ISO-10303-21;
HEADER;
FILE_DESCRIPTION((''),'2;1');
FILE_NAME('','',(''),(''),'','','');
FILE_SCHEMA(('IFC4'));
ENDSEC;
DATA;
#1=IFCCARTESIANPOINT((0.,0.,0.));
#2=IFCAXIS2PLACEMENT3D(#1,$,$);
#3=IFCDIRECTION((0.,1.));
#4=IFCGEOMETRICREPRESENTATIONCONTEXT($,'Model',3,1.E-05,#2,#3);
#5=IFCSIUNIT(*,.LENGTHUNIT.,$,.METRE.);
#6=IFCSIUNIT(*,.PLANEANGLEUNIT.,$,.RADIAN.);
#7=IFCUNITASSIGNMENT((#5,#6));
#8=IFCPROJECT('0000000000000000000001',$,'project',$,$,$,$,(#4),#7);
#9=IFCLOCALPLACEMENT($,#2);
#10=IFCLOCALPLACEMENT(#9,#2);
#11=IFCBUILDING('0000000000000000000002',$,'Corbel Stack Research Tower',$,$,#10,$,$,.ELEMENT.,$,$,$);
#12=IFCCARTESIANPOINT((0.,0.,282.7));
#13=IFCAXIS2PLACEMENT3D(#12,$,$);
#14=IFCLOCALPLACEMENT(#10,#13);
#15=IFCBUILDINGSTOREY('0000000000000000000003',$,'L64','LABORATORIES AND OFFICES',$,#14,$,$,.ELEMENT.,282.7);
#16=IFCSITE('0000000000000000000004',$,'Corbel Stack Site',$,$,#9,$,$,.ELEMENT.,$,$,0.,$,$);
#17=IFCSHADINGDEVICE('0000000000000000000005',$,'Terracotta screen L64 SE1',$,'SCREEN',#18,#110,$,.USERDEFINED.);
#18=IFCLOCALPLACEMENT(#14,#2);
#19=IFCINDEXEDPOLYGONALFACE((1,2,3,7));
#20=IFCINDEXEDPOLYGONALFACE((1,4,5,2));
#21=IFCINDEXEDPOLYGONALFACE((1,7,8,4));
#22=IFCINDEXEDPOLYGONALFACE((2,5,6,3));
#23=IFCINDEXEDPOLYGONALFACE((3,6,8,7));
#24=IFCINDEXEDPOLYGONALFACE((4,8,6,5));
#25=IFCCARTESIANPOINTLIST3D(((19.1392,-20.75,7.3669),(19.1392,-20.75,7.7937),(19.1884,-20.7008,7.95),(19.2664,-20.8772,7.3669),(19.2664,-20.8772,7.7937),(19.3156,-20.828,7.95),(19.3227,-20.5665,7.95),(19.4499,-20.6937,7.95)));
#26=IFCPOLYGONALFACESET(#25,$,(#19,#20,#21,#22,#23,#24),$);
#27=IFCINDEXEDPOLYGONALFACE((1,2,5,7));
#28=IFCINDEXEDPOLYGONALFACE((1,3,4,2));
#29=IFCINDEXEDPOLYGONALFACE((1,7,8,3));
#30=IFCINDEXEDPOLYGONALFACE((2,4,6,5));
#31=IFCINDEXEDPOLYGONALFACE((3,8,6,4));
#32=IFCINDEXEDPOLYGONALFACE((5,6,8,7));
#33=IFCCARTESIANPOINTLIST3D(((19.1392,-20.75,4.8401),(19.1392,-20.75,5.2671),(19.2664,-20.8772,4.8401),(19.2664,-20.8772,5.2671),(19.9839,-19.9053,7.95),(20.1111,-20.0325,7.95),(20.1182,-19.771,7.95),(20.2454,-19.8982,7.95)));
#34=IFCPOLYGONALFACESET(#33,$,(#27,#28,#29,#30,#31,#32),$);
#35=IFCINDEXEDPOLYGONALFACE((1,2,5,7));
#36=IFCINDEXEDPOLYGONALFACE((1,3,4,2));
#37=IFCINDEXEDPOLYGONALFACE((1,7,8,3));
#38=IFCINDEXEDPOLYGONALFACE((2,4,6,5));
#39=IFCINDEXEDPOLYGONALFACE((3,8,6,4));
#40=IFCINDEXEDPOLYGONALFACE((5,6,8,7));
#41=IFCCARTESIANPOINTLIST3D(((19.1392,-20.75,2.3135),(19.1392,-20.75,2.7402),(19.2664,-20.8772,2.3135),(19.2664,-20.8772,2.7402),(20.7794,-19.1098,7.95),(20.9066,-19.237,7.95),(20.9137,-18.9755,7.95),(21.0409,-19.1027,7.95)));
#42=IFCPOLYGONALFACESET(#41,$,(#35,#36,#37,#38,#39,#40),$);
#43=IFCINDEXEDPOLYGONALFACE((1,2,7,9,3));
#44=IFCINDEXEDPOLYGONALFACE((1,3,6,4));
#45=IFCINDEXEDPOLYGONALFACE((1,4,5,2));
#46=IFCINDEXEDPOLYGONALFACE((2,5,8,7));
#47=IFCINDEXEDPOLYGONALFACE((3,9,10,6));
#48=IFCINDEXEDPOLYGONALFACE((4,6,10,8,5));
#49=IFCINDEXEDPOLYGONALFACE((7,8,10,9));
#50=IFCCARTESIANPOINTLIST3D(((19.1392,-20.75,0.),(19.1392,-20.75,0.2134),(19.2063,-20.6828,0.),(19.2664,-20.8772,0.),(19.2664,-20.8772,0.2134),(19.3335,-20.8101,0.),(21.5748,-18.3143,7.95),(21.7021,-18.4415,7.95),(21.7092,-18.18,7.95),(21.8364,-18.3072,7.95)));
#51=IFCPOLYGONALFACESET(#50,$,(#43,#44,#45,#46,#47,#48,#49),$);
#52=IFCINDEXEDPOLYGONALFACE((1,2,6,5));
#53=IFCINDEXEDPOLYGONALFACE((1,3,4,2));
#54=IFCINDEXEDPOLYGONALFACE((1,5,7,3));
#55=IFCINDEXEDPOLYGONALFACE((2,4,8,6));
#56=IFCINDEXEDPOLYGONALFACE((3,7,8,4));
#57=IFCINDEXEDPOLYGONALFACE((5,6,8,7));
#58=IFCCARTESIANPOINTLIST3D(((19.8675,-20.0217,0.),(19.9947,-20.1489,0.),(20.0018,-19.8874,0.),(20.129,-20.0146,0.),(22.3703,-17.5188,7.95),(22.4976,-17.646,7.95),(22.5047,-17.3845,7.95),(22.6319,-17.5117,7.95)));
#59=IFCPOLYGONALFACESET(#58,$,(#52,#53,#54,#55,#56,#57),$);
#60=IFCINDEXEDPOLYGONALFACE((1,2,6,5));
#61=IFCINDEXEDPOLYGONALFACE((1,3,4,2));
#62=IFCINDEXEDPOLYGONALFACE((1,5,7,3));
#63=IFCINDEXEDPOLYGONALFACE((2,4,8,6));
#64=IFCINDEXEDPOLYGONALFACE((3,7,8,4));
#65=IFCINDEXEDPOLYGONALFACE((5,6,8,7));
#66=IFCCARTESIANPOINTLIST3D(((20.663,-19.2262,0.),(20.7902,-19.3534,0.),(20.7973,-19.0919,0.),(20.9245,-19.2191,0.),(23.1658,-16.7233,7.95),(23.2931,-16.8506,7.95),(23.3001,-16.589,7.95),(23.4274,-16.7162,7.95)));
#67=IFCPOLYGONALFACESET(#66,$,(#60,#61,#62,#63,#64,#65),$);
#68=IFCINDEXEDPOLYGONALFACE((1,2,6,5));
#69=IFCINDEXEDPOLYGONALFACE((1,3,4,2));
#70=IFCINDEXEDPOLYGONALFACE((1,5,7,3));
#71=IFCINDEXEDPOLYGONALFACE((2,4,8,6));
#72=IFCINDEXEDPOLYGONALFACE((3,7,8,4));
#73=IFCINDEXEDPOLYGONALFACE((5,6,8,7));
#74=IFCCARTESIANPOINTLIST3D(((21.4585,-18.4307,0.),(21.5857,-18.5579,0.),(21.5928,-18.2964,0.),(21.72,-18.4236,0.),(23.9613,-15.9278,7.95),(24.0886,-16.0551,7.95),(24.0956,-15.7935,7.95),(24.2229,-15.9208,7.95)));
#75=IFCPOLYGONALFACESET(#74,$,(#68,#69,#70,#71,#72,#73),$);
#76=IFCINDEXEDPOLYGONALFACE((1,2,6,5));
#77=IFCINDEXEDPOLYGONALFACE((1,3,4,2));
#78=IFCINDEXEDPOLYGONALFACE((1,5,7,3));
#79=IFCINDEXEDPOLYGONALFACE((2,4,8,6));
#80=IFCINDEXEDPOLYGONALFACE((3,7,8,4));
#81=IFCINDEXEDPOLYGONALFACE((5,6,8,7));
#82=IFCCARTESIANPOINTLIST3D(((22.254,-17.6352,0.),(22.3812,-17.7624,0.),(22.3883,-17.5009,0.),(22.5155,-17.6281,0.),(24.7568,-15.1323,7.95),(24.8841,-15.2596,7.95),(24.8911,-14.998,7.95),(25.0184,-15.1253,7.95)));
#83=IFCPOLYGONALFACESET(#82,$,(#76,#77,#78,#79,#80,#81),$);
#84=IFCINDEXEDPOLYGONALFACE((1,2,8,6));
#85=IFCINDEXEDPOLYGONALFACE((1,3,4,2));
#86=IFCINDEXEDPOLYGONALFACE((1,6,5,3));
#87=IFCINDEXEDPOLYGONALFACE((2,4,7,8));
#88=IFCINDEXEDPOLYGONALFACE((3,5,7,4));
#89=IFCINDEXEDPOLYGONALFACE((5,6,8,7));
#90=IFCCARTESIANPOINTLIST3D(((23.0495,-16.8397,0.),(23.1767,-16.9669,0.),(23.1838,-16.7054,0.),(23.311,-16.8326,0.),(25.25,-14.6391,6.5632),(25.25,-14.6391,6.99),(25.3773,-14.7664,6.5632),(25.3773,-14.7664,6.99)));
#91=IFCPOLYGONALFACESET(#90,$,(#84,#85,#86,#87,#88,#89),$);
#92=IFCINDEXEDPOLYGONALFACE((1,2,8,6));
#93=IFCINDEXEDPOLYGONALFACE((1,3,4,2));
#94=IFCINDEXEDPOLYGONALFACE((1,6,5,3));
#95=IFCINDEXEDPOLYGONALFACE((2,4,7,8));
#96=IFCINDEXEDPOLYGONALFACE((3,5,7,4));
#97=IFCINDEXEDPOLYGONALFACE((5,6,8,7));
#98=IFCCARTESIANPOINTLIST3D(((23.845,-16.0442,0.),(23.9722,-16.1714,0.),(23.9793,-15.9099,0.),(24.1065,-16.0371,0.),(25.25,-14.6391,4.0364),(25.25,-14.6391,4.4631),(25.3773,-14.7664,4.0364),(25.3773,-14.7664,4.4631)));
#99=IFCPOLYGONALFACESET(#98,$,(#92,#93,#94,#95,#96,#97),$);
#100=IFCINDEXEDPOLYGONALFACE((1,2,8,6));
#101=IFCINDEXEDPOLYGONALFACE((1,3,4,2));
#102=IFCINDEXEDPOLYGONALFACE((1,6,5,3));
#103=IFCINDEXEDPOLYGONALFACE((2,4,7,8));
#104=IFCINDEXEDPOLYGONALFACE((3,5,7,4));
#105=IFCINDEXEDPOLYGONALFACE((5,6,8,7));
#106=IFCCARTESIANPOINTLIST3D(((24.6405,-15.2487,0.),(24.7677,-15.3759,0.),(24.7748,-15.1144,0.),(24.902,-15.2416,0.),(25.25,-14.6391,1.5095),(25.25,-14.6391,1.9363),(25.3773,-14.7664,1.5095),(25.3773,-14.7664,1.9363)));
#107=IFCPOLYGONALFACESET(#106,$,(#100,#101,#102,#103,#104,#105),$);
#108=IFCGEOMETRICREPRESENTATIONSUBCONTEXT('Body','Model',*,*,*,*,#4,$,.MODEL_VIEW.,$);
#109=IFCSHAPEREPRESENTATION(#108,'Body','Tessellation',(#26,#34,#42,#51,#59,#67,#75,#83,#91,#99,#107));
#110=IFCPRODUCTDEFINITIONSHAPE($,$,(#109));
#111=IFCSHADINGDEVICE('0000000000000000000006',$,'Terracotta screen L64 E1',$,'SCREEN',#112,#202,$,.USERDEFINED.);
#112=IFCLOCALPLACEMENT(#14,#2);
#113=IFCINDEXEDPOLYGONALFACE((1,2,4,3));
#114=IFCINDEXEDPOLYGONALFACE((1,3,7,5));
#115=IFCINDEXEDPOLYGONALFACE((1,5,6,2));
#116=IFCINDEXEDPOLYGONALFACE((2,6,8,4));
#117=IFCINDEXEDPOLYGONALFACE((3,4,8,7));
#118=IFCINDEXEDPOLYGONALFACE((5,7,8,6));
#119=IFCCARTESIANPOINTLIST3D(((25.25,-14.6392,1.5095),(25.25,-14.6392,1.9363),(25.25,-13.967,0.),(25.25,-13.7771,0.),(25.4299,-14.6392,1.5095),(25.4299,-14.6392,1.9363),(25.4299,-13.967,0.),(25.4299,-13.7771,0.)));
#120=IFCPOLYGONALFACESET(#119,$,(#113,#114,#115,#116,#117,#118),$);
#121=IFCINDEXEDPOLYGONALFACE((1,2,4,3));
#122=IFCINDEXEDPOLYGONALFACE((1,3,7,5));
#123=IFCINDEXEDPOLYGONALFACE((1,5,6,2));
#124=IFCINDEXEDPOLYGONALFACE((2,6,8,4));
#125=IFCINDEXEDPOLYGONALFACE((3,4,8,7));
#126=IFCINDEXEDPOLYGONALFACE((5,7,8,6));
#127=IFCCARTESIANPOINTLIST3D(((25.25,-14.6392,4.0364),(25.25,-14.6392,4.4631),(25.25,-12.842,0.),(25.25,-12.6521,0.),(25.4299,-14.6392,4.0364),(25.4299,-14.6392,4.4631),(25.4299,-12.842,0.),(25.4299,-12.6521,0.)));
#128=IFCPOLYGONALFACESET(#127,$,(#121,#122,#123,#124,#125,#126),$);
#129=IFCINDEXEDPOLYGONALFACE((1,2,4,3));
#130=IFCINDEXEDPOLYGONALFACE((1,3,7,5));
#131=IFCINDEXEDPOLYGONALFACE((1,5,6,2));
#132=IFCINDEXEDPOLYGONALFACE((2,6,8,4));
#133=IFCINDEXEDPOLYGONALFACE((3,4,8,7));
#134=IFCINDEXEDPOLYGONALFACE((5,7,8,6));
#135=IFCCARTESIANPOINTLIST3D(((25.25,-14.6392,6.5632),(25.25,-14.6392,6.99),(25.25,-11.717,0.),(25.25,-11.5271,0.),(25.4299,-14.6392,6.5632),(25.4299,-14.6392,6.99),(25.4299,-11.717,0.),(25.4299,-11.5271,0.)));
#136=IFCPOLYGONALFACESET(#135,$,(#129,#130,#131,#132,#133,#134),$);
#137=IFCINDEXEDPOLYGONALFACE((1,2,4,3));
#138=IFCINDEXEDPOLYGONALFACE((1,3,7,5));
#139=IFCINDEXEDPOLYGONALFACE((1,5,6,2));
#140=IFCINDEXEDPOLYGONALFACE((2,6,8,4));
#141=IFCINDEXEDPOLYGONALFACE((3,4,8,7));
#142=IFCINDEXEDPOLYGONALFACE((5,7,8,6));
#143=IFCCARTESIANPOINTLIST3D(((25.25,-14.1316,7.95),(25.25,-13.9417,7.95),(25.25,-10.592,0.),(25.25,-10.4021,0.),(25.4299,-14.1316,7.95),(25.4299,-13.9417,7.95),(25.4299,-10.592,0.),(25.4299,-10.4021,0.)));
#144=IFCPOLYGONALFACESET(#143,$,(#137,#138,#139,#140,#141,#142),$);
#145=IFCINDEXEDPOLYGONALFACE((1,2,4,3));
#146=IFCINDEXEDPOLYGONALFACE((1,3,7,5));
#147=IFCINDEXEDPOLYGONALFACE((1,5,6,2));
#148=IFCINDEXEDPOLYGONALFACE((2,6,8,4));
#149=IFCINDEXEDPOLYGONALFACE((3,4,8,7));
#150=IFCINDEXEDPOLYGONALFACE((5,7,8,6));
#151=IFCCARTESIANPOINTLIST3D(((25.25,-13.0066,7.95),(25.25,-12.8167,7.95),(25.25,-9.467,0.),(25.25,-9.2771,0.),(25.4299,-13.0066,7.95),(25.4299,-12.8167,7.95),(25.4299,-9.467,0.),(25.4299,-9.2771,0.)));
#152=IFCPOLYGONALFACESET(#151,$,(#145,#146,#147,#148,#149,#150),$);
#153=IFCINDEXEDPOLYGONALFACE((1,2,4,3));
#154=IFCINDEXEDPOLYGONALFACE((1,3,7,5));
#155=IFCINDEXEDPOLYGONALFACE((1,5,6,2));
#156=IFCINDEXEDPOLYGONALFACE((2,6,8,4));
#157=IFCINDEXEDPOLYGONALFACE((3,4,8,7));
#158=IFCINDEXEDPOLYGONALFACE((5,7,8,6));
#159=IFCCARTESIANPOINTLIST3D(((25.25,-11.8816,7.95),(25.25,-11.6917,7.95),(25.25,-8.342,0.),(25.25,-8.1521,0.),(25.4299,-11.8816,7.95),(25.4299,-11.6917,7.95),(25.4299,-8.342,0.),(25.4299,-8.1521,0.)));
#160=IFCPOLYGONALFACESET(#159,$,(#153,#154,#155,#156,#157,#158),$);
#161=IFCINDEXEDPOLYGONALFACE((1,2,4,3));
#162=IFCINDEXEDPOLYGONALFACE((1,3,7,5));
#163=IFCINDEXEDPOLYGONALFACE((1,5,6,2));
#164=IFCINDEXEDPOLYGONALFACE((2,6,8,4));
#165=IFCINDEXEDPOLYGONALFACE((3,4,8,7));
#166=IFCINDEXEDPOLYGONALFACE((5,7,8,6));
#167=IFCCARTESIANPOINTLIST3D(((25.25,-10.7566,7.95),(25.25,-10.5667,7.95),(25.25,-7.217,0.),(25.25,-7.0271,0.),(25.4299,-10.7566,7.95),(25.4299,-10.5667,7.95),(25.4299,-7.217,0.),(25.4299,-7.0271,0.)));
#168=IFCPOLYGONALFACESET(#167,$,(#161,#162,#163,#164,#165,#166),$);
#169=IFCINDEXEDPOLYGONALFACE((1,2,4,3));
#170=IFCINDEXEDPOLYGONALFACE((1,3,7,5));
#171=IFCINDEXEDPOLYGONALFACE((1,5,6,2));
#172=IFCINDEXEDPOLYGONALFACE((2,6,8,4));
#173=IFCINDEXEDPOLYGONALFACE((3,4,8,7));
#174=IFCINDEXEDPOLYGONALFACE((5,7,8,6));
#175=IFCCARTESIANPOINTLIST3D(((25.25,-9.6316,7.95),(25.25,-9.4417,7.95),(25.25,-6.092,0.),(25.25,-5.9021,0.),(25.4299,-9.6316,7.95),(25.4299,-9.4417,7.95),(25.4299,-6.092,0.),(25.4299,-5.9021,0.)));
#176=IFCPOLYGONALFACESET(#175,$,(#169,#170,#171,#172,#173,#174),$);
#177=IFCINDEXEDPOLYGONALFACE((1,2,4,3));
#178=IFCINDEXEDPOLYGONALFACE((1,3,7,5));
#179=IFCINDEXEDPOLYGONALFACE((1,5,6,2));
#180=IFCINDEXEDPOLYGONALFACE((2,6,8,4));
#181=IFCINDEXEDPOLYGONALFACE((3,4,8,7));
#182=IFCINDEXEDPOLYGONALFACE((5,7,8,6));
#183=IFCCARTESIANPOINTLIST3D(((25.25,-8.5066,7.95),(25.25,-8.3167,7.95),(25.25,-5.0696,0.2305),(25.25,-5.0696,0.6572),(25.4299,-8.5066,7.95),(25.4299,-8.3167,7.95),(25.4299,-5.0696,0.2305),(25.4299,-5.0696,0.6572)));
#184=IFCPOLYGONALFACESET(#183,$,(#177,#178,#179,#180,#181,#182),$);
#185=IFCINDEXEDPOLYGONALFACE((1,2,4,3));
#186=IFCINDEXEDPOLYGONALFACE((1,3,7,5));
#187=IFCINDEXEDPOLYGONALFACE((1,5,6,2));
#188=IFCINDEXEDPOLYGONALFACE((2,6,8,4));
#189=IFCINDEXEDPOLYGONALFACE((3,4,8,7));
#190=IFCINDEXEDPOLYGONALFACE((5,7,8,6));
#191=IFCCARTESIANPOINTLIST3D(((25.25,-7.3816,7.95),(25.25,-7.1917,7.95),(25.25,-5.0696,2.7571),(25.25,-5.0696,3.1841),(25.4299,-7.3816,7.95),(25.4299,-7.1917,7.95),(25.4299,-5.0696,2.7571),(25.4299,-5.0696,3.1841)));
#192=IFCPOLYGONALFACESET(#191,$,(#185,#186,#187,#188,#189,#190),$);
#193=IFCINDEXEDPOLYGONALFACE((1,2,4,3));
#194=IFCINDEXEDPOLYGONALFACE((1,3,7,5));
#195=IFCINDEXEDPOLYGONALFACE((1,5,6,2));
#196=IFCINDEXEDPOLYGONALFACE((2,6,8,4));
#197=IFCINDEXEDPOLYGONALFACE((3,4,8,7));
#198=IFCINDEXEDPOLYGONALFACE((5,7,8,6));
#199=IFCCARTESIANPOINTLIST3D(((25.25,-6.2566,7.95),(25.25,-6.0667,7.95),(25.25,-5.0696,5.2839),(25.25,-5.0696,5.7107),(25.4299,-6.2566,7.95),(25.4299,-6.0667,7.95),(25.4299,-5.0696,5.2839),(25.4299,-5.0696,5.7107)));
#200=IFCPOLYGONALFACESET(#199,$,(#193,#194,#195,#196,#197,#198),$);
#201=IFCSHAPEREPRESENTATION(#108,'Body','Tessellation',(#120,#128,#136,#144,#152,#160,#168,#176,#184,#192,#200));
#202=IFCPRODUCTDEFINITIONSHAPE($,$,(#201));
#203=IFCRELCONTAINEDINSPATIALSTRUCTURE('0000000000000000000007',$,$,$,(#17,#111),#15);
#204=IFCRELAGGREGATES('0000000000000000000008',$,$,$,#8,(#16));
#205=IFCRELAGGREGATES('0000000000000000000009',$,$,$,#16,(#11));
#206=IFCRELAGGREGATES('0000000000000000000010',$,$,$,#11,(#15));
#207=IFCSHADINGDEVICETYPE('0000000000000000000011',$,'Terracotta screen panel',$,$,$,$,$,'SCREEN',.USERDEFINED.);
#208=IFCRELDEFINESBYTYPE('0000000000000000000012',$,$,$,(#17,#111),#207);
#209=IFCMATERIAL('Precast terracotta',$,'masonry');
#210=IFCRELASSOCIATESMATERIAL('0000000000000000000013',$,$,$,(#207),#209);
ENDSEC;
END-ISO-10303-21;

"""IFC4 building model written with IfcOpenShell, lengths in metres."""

from ifc_helpers import new_model, si_unit, direction, frame, origin, place, context, subcontext, project, spatial, polyline, outline, extrude, source, transform, mapped, material, type_object, element, save


model = new_model("IFC4")

# Units and contexts
model_context = context("Model", 3, precision=1e-05, world=origin(), true_north=direction((0.0, 1.0)))
body_context = subcontext(model_context, "Body", "Model", "MODEL_VIEW")
ifc_project = project(units=[si_unit("LENGTHUNIT", "METRE"), si_unit("PLANEANGLEUNIT", "RADIAN")], contexts=[model_context])

# Site, building, storey
site_placement = place(None, origin())
site = spatial("IfcSite", under=ifc_project, at=site_placement, Name="Corbel Stack Site", CompositionType="ELEMENT", RefElevation=0.0)
building_placement = place(site_placement, origin())
building = spatial("IfcBuilding", under=site, at=building_placement, Name="Corbel Stack Research Tower", CompositionType="ELEMENT")
storey_placement = place(building_placement, frame((0.0, 0.0, 282.7)))
storey = spatial("IfcBuildingStorey", under=building, at=storey_placement, Name="L64", Description="LABORATORIES AND OFFICES", CompositionType="ELEMENT", Elevation=282.7)

# Shading devices
ifc_material_1 = material(Name="Precast terracotta", Category="masonry")
shading_device_type = type_object("IfcShadingDeviceType", Name="Terracotta screen panel", ElementType="SCREEN", PredefinedType="USERDEFINED", material=ifc_material_1)
shared_shape_1 = source(origin(), body_context, "Body", "SweptSolid", [
    extrude(outline(polyline([(0.2595, 7.95), (0.0696, 7.95), (0.0, 7.7937), (0.0, 7.3669), (0.2595, 7.95)])), frame((0.0, 0.0, 0.0), z_axis=(0.0, -1.0, 0.0), x_axis=(1.0, 0.0, 0.0)), (0.0, 0.0, 1.0), 0.1799),
    extrude(outline(polyline([(1.3845, 7.95), (1.1946, 7.95), (0.0, 5.2671), (0.0, 4.8401), (1.3845, 7.95)])), frame((0.0, 0.0, 0.0), z_axis=(0.0, -1.0, 0.0), x_axis=(1.0, 0.0, 0.0)), (0.0, 0.0, 1.0), 0.1799),
    extrude(outline(polyline([(2.5095, 7.95), (2.3196, 7.95), (0.0, 2.7402), (0.0, 2.3135), (2.5095, 7.95)])), frame((0.0, 0.0, 0.0), z_axis=(0.0, -1.0, 0.0), x_axis=(1.0, 0.0, 0.0)), (0.0, 0.0, 1.0), 0.1799),
    extrude(outline(polyline([(0.095, 0.0), (3.6345, 7.95), (3.4446, 7.95), (0.0, 0.2134), (0.0, 0.0), (0.095, 0.0)])), frame((0.0, 0.0, 0.0), z_axis=(0.0, -1.0, 0.0), x_axis=(1.0, 0.0, 0.0)), (0.0, 0.0, 1.0), 0.1799),
    extrude(outline(polyline([(1.22, 0.0), (4.7595, 7.95), (4.5696, 7.95), (1.03, 0.0), (1.22, 0.0)])), frame((0.0, 0.0, 0.0), z_axis=(0.0, -1.0, 0.0), x_axis=(1.0, 0.0, 0.0)), (0.0, 0.0, 1.0), 0.1799),
    extrude(outline(polyline([(2.345, 0.0), (5.8845, 7.95), (5.6946, 7.95), (2.155, 0.0), (2.345, 0.0)])), frame((0.0, 0.0, 0.0), z_axis=(0.0, -1.0, 0.0), x_axis=(1.0, 0.0, 0.0)), (0.0, 0.0, 1.0), 0.1799),
    extrude(outline(polyline([(3.47, 0.0), (7.0095, 7.95), (6.8196, 7.95), (3.28, 0.0), (3.47, 0.0)])), frame((0.0, 0.0, 0.0), z_axis=(0.0, -1.0, 0.0), x_axis=(1.0, 0.0, 0.0)), (0.0, 0.0, 1.0), 0.1799),
    extrude(outline(polyline([(4.595, 0.0), (8.1345, 7.95), (7.9446, 7.95), (4.405, 0.0), (4.595, 0.0)])), frame((0.0, 0.0, 0.0), z_axis=(0.0, -1.0, 0.0), x_axis=(1.0, 0.0, 0.0)), (0.0, 0.0, 1.0), 0.1799),
    extrude(outline(polyline([(5.72, 0.0), (8.6421, 6.5632), (8.6421, 6.99), (5.53, 0.0), (5.72, 0.0)])), frame((0.0, 0.0, 0.0), z_axis=(0.0, -1.0, 0.0), x_axis=(1.0, 0.0, 0.0)), (0.0, 0.0, 1.0), 0.1799),
    extrude(outline(polyline([(6.845, 0.0), (8.6421, 4.0364), (8.6421, 4.4631), (6.655, 0.0), (6.845, 0.0)])), frame((0.0, 0.0, 0.0), z_axis=(0.0, -1.0, 0.0), x_axis=(1.0, 0.0, 0.0)), (0.0, 0.0, 1.0), 0.1799),
    extrude(outline(polyline([(7.97, 0.0), (8.6421, 1.5095), (8.6421, 1.9363), (7.78, 0.0), (7.97, 0.0)])), frame((0.0, 0.0, 0.0), z_axis=(0.0, -1.0, 0.0), x_axis=(1.0, 0.0, 0.0)), (0.0, 0.0, 1.0), 0.1799),
])
shading_device_1_placement = place(storey_placement, frame((19.1392, -20.75, 0.0), z_axis=(0.0, 0.0, 1.0), x_axis=(0.707107, 0.707107, 0.0)))
element("IfcShadingDevice", 1, at=shading_device_1_placement, inside=storey, type_object=shading_device_type, Name="Terracotta screen L64 SE1", ObjectType="SCREEN", PredefinedType="USERDEFINED", context=body_context, shape_type="MappedRepresentation", body=[
    mapped(shared_shape_1, transform((0.0, 0.0, 0.0))),
])
shared_shape_2 = source(origin(), body_context, "Body", "SweptSolid", [
    extrude(outline(polyline([(0.8621, 0.0), (0.0, 1.9363), (0.0, 1.5095), (0.6721, 0.0), (0.8621, 0.0)])), frame((0.0, 0.0, 0.0), z_axis=(0.0, -1.0, 0.0), x_axis=(1.0, 0.0, 0.0)), (0.0, 0.0, 1.0), 0.1799),
    extrude(outline(polyline([(1.9871, 0.0), (0.0, 4.4631), (0.0, 4.0364), (1.7971, 0.0), (1.9871, 0.0)])), frame((0.0, 0.0, 0.0), z_axis=(0.0, -1.0, 0.0), x_axis=(1.0, 0.0, 0.0)), (0.0, 0.0, 1.0), 0.1799),
    extrude(outline(polyline([(3.1121, 0.0), (0.0, 6.99), (0.0, 6.5632), (2.9221, 0.0), (3.1121, 0.0)])), frame((0.0, 0.0, 0.0), z_axis=(0.0, -1.0, 0.0), x_axis=(1.0, 0.0, 0.0)), (0.0, 0.0, 1.0), 0.1799),
    extrude(outline(polyline([(4.2371, 0.0), (0.6975, 7.95), (0.5076, 7.95), (4.0471, 0.0), (4.2371, 0.0)])), frame((0.0, 0.0, 0.0), z_axis=(0.0, -1.0, 0.0), x_axis=(1.0, 0.0, 0.0)), (0.0, 0.0, 1.0), 0.1799),
    extrude(outline(polyline([(5.3621, 0.0), (1.8225, 7.95), (1.6326, 7.95), (5.1721, 0.0), (5.3621, 0.0)])), frame((0.0, 0.0, 0.0), z_axis=(0.0, -1.0, 0.0), x_axis=(1.0, 0.0, 0.0)), (0.0, 0.0, 1.0), 0.1799),
    extrude(outline(polyline([(6.4871, 0.0), (2.9475, 7.95), (2.7576, 7.95), (6.2971, 0.0), (6.4871, 0.0)])), frame((0.0, 0.0, 0.0), z_axis=(0.0, -1.0, 0.0), x_axis=(1.0, 0.0, 0.0)), (0.0, 0.0, 1.0), 0.1799),
    extrude(outline(polyline([(7.6121, 0.0), (4.0725, 7.95), (3.8826, 7.95), (7.4221, 0.0), (7.6121, 0.0)])), frame((0.0, 0.0, 0.0), z_axis=(0.0, -1.0, 0.0), x_axis=(1.0, 0.0, 0.0)), (0.0, 0.0, 1.0), 0.1799),
    extrude(outline(polyline([(8.7371, 0.0), (5.1975, 7.95), (5.0076, 7.95), (8.5471, 0.0), (8.7371, 0.0)])), frame((0.0, 0.0, 0.0), z_axis=(0.0, -1.0, 0.0), x_axis=(1.0, 0.0, 0.0)), (0.0, 0.0, 1.0), 0.1799),
    extrude(outline(polyline([(6.3225, 7.95), (6.1326, 7.95), (9.5696, 0.2305), (9.5696, 0.6572), (6.3225, 7.95)])), frame((0.0, 0.0, 0.0), z_axis=(0.0, -1.0, 0.0), x_axis=(1.0, 0.0, 0.0)), (0.0, 0.0, 1.0), 0.1799),
    extrude(outline(polyline([(7.4475, 7.95), (7.2576, 7.95), (9.5696, 2.7571), (9.5696, 3.1841), (7.4475, 7.95)])), frame((0.0, 0.0, 0.0), z_axis=(0.0, -1.0, 0.0), x_axis=(1.0, 0.0, 0.0)), (0.0, 0.0, 1.0), 0.1799),
    extrude(outline(polyline([(8.5725, 7.95), (8.3826, 7.95), (9.5696, 5.2839), (9.5696, 5.7107), (8.5725, 7.95)])), frame((0.0, 0.0, 0.0), z_axis=(0.0, -1.0, 0.0), x_axis=(1.0, 0.0, 0.0)), (0.0, 0.0, 1.0), 0.1799),
])
shading_device_2_placement = place(storey_placement, frame((25.25, -14.6392, 0.0), z_axis=(0.0, 0.0, 1.0), x_axis=(0.0, 1.0, 0.0)))
element("IfcShadingDevice", 2, at=shading_device_2_placement, inside=storey, type_object=shading_device_type, Name="Terracotta screen L64 E1", ObjectType="SCREEN", PredefinedType="USERDEFINED", context=body_context, shape_type="MappedRepresentation", body=[
    mapped(shared_shape_2, transform((0.0, 0.0, 0.0))),
])

save(model, "model.ifc")
